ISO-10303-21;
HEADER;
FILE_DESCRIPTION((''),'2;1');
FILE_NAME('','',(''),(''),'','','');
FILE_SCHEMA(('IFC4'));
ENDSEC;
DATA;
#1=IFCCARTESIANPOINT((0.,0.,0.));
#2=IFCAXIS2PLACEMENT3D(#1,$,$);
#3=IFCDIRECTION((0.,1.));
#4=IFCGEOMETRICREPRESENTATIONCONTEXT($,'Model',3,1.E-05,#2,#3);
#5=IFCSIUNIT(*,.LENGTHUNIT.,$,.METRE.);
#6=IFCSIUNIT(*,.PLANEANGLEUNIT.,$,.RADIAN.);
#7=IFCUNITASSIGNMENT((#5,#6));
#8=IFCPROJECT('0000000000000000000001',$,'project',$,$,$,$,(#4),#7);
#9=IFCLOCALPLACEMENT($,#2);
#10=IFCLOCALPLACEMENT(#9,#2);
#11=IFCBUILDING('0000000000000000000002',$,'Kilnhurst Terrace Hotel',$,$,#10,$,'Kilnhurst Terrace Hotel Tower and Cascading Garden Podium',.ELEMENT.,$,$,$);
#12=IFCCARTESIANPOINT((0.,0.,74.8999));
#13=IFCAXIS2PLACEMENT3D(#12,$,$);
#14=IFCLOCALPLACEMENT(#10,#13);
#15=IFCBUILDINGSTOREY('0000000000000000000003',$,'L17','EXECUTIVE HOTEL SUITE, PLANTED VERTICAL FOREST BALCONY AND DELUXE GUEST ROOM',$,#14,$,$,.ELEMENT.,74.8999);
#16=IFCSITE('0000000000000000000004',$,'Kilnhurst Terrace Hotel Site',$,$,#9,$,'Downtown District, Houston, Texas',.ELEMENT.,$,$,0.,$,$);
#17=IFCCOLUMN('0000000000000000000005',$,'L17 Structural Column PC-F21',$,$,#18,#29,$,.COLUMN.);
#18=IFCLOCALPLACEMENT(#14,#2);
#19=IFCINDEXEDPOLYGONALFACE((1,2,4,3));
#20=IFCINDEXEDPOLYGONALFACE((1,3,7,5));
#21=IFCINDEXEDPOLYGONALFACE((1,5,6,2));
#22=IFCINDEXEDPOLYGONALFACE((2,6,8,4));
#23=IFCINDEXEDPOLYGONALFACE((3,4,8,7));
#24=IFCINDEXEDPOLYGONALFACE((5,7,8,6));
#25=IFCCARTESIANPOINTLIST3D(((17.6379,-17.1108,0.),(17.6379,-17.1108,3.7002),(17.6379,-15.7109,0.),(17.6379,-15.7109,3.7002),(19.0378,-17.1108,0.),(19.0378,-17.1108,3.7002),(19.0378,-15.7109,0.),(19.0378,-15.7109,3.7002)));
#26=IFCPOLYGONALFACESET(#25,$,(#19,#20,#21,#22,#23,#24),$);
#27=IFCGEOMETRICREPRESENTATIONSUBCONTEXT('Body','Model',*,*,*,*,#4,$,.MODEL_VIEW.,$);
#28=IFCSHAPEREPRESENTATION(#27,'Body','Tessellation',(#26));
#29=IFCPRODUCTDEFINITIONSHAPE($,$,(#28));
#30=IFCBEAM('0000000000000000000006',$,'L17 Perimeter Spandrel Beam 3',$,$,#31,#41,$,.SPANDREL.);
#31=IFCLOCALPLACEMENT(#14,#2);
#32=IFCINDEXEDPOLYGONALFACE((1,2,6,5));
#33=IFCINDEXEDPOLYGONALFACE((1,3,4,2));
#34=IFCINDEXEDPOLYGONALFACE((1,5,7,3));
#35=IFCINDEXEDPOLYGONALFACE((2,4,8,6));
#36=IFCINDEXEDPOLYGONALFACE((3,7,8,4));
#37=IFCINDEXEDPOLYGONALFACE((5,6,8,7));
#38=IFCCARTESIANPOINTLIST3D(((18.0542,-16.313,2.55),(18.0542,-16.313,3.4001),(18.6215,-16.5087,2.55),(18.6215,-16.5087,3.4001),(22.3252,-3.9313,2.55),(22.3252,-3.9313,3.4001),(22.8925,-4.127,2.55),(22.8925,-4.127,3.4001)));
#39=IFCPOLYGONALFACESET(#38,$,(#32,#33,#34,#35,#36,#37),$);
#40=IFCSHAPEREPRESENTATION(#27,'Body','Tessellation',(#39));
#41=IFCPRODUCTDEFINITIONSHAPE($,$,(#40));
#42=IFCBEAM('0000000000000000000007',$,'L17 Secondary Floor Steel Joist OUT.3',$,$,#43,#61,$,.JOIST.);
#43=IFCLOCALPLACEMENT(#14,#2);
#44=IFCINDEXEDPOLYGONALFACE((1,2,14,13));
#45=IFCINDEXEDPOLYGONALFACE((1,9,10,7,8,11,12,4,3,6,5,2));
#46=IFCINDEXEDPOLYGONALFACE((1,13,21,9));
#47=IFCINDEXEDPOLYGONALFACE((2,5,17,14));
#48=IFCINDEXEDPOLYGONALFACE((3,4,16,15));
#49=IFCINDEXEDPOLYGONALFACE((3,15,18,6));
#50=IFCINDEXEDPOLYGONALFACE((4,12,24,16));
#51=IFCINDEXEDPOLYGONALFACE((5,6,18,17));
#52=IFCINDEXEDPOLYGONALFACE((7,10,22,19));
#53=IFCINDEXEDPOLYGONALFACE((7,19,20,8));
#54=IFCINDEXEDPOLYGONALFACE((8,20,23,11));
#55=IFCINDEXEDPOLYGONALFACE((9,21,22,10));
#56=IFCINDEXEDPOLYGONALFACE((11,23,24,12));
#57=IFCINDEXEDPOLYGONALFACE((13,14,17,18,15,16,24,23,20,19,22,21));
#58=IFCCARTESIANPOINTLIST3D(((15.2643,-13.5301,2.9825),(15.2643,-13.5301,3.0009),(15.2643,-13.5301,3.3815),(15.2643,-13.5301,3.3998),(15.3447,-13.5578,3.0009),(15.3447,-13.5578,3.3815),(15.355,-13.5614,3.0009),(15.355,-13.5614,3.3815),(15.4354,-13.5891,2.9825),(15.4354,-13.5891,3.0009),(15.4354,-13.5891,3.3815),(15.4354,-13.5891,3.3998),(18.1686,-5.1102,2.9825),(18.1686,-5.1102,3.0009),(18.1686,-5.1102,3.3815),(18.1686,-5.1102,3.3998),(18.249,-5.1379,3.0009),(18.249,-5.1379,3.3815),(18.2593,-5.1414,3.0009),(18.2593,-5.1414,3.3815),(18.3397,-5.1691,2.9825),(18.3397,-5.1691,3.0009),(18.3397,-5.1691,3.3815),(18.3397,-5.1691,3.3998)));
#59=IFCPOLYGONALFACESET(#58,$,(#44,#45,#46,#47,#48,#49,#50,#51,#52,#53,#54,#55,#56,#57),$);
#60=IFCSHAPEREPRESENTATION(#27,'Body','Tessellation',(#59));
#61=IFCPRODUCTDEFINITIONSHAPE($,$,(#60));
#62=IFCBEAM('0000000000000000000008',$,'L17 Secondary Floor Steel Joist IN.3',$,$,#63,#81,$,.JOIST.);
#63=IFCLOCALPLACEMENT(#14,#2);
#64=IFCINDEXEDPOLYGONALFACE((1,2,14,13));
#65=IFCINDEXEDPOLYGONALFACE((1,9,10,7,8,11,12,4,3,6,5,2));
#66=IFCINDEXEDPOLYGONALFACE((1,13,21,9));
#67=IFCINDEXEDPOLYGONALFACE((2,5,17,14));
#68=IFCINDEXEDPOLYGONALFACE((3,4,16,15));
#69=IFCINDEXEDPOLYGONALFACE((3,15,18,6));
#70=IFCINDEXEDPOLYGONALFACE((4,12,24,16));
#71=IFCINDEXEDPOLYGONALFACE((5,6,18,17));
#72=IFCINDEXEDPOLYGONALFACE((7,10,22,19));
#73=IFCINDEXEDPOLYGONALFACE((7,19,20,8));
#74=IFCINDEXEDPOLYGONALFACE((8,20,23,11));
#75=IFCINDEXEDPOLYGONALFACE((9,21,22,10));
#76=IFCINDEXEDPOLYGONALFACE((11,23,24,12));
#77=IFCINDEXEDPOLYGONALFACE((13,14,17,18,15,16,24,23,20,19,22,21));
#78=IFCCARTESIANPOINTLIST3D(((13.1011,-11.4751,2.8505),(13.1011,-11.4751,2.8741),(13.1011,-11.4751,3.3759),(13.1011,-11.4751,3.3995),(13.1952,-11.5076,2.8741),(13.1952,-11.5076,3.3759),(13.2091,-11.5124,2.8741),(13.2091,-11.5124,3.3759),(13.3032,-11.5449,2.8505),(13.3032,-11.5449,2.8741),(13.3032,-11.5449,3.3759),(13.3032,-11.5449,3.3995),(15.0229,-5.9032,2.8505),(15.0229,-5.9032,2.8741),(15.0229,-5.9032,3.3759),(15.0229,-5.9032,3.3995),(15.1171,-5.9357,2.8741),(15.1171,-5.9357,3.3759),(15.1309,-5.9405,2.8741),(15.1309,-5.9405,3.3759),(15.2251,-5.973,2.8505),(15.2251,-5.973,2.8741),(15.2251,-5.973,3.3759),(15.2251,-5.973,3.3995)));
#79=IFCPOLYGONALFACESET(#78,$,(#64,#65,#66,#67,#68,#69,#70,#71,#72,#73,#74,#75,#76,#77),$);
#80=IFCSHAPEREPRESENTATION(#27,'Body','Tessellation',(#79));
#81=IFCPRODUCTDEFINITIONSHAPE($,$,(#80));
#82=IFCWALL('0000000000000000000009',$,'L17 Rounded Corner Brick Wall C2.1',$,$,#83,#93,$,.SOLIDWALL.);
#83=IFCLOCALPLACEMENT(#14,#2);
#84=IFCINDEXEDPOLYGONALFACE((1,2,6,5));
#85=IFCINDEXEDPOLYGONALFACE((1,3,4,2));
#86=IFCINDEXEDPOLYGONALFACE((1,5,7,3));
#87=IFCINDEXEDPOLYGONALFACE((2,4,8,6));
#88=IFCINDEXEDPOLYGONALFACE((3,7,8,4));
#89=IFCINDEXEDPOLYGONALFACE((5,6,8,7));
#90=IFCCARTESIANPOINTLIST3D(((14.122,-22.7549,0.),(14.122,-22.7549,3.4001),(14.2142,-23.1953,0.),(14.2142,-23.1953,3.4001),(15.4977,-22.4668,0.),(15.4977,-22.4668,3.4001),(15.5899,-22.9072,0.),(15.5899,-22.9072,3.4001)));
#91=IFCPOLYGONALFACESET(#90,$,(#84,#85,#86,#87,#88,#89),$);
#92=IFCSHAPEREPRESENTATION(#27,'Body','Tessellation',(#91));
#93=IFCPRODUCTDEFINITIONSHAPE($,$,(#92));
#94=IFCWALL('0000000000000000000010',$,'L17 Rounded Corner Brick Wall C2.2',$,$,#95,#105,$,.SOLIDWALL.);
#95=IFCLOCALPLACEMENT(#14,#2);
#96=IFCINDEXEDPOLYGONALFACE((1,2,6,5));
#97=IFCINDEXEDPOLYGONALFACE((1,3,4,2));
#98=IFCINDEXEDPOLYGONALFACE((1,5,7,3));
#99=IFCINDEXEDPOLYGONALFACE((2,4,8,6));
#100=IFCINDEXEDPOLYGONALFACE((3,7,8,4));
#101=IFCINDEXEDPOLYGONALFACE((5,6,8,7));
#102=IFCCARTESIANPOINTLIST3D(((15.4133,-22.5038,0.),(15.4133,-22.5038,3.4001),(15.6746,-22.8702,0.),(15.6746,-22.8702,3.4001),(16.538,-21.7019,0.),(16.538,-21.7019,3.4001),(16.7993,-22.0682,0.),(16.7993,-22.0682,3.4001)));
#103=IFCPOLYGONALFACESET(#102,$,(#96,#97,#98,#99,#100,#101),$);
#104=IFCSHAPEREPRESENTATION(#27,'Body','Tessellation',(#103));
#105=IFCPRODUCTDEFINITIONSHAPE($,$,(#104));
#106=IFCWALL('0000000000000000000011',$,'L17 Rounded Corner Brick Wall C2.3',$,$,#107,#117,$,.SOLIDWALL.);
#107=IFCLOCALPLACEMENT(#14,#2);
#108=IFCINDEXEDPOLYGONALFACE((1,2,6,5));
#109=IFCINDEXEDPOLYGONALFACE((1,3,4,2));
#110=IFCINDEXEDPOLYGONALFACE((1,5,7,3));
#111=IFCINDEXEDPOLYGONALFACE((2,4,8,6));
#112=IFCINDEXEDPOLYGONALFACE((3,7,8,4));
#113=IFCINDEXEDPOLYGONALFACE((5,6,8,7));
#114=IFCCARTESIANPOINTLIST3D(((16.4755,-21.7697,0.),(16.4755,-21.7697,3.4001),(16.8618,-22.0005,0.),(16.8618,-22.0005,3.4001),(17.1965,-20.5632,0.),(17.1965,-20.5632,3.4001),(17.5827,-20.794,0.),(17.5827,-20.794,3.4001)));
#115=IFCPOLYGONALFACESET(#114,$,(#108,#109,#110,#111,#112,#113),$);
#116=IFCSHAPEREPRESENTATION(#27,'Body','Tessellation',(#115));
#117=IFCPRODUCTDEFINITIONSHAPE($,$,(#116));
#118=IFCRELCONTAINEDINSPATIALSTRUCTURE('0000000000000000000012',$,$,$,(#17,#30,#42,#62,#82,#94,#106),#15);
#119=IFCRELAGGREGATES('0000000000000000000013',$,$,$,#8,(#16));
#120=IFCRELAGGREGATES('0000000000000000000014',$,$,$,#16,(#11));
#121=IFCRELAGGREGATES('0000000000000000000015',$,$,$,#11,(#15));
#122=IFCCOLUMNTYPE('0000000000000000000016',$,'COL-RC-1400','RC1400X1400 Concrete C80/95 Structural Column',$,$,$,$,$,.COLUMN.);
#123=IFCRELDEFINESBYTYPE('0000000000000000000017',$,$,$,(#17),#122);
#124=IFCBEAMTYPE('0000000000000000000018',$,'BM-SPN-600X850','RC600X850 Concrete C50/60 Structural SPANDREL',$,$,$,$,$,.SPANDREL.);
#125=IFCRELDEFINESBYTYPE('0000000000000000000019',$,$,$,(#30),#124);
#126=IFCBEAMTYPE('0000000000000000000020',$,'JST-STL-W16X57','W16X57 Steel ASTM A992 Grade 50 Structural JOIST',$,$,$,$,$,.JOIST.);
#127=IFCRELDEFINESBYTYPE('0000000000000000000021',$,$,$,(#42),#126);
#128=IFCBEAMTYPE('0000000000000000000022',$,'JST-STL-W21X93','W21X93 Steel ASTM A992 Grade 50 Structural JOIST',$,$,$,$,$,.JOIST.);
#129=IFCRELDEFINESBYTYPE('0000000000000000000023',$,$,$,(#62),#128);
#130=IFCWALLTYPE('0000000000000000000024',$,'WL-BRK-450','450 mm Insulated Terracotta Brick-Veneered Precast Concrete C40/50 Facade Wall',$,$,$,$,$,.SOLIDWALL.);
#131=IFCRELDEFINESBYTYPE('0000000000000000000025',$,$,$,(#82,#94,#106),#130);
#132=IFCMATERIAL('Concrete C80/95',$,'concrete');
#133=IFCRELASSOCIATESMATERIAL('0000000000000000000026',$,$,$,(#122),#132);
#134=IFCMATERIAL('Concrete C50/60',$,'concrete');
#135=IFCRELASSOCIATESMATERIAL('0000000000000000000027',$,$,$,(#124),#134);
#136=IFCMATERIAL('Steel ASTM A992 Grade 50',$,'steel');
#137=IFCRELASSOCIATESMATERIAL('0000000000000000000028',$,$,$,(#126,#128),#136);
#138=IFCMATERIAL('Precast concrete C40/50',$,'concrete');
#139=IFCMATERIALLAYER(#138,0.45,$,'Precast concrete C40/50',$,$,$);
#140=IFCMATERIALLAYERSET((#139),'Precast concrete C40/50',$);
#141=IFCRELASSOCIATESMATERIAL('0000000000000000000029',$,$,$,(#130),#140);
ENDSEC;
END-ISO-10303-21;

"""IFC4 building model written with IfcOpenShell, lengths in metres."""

from ifc_helpers import new_model, si_unit, direction, frame, frame_2d, origin, origin_2d, place, context, subcontext, project, spatial, rectangle, i_section, extrude, material, layer, layer_set, material_profile, profile_set, type_object, element, save


model = new_model("IFC4")

# Units and contexts
model_context = context("Model", 3, precision=1e-05, world=origin(), true_north=direction((0.0, 1.0)))
body_context = subcontext(model_context, "Body", "Model", "MODEL_VIEW")
ifc_project = project(units=[si_unit("LENGTHUNIT", "METRE"), si_unit("PLANEANGLEUNIT", "RADIAN")], contexts=[model_context])

# Site, building, storey
site_placement = place(None, origin())
site = spatial("IfcSite", under=ifc_project, at=site_placement, Name="Kilnhurst Terrace Hotel Site", LongName="Downtown District, Houston, Texas", CompositionType="ELEMENT", RefElevation=0.0)
building_placement = place(site_placement, origin())
building = spatial("IfcBuilding", under=site, at=building_placement, Name="Kilnhurst Terrace Hotel", LongName="Kilnhurst Terrace Hotel Tower and Cascading Garden Podium", CompositionType="ELEMENT")
storey_placement = place(building_placement, frame((0.0, 0.0, 74.8999)))
storey = spatial("IfcBuildingStorey", under=building, at=storey_placement, Name="L17", Description="EXECUTIVE HOTEL SUITE, PLANTED VERTICAL FOREST BALCONY AND DELUXE GUEST ROOM", CompositionType="ELEMENT", Elevation=74.8999)

# Column
ifc_material_1 = material(Name="Concrete C80/95", Category="concrete")
ifc_material_profile_1 = material_profile(ifc_material_1, rectangle(XDim=1.3999, YDim=1.3999, at=origin_2d()), Name="RC1400X1400")
ifc_profile_set_1 = profile_set([ifc_material_profile_1], Name="Concrete C80/95")
column_type = type_object("IfcColumnType", Name="COL-RC-1400", Description="RC1400X1400 Concrete C80/95 Structural Column", PredefinedType="COLUMN", material=ifc_profile_set_1)
column_placement = place(storey_placement, frame((18.3379, -16.4109, 0.0), z_axis=(0.0, 0.0, 1.0), x_axis=(1.0, 0.0, 0.0)))
element("IfcColumn", 1, at=column_placement, inside=storey, type_object=column_type, Name="L17 Structural Column PC-F21", PredefinedType="COLUMN", context=body_context, shape_type="SweptSolid", body=[
    extrude(rectangle(XDim=1.3999, YDim=1.3999, at=origin_2d()), origin(), (0.0, 0.0, 1.0), 3.7002),
])

# Beams
ifc_material_2 = material(Name="Concrete C50/60", Category="concrete")
ifc_material_profile_2 = material_profile(ifc_material_2, rectangle(XDim=0.6001, YDim=0.8501, at=origin_2d()), Name="RC600X850")
ifc_profile_set_2 = profile_set([ifc_material_profile_2], Name="Concrete C50/60")
beam_type_1 = type_object("IfcBeamType", Name="BM-SPN-600X850", Description="RC600X850 Concrete C50/60 Structural SPANDREL", PredefinedType="SPANDREL", material=ifc_profile_set_2)
beam_1_placement = place(storey_placement, frame((18.3379, -16.4109, 2.9751), z_axis=(0.326086, 0.94534, 0.0), x_axis=(-0.94534, 0.326086, 0.0)))
element("IfcBeam", 2, at=beam_1_placement, inside=storey, type_object=beam_type_1, Name="L17 Perimeter Spandrel Beam 3", PredefinedType="SPANDREL", context=body_context, shape_type="SweptSolid", body=[
    extrude(rectangle(XDim=0.6001, YDim=0.8501, at=origin_2d()), origin(), (0.0, 0.0, 1.0), 13.0977),
])
ifc_material_3 = material(Name="Steel ASTM A992 Grade 50", Category="steel")
ifc_material_profile_3 = material_profile(ifc_material_3, i_section(OverallWidth=0.1809, OverallDepth=0.4172, WebThickness=0.011, FlangeThickness=0.0183, at=origin_2d()), Name="W16X57")
ifc_profile_set_3 = profile_set([ifc_material_profile_3], Name="Steel ASTM A992 Grade 50")
beam_type_2 = type_object("IfcBeamType", Name="JST-STL-W16X57", Description="W16X57 Steel ASTM A992 Grade 50 Structural JOIST", PredefinedType="JOIST", material=ifc_profile_set_3)
beam_2_placement = place(storey_placement, frame((15.3499, -13.5596, 3.1912), z_axis=(0.326079, 0.945343, 0.0), x_axis=(-0.945343, 0.326079, 0.0)))
element("IfcBeam", 3, at=beam_2_placement, inside=storey, type_object=beam_type_2, Name="L17 Secondary Floor Steel Joist OUT.3", PredefinedType="JOIST", context=body_context, shape_type="SweptSolid", body=[
    extrude(i_section(OverallWidth=0.1809, OverallDepth=0.4172, WebThickness=0.011, FlangeThickness=0.0183, at=origin_2d()), origin(), (0.0, 0.0, 1.0), 8.9067),
])
ifc_material_profile_4 = material_profile(ifc_material_3, i_section(OverallWidth=0.2139, OverallDepth=0.5491, WebThickness=0.0146, FlangeThickness=0.0237, at=origin_2d()), Name="W21X93")
ifc_profile_set_4 = profile_set([ifc_material_profile_4], Name="Steel ASTM A992 Grade 50")
beam_type_3 = type_object("IfcBeamType", Name="JST-STL-W21X93", Description="W21X93 Steel ASTM A992 Grade 50 Structural JOIST", PredefinedType="JOIST", material=ifc_profile_set_4)
beam_3_placement = place(storey_placement, frame((13.2021, -11.51, 3.125), z_axis=(0.326065, 0.945347, 0.0), x_axis=(-0.945347, 0.326065, 0.0)))
element("IfcBeam", 4, at=beam_3_placement, inside=storey, type_object=beam_type_3, Name="L17 Secondary Floor Steel Joist IN.3", PredefinedType="JOIST", context=body_context, shape_type="SweptSolid", body=[
    extrude(i_section(OverallWidth=0.2139, OverallDepth=0.5491, WebThickness=0.0146, FlangeThickness=0.0237, at=origin_2d()), origin(), (0.0, 0.0, 1.0), 5.894),
])

# Walls
ifc_material_4 = material(Name="Precast concrete C40/50", Category="concrete")
ifc_layer_1 = layer(ifc_material_4, 0.45, Name="Precast concrete C40/50")
ifc_layer_set_1 = layer_set([ifc_layer_1], Name="Precast concrete C40/50")
wall_type_1 = type_object("IfcWallType", Name="WL-BRK-450", Description="450 mm Insulated Terracotta Brick-Veneered Precast Concrete C40/50 Facade Wall", PredefinedType="SOLIDWALL", material=ifc_layer_set_1)
wall_1_placement = place(storey_placement, frame((14.1682, -22.9751, 0.0), z_axis=(0.0, 0.0, 1.0), x_axis=(0.97877, 0.20496, 0.0)))
element("IfcWall", 5, at=wall_1_placement, inside=storey, type_object=wall_type_1, Name="L17 Rounded Corner Brick Wall C2.1", PredefinedType="SOLIDWALL", context=body_context, shape_type="SweptSolid", body=[
    extrude(rectangle(XDim=1.4055, YDim=0.45, at=frame_2d((0.7026, 0.0))), origin(), (0.0, 0.0, 1.0), 3.4001),
])
wall_2_placement = place(storey_placement, frame((15.5439, -22.687, 0.0), z_axis=(0.0, 0.0, 1.0), x_axis=(0.814211, 0.580569, 0.0)))
element("IfcWall", 6, at=wall_2_placement, inside=storey, type_object=wall_type_1, Name="L17 Rounded Corner Brick Wall C2.2", PredefinedType="SOLIDWALL", context=body_context, shape_type="SweptSolid", body=[
    extrude(rectangle(XDim=1.3813, YDim=0.45, at=frame_2d((0.6907, 0.0))), origin(), (0.0, 0.0, 1.0), 3.4001),
])
wall_3_placement = place(storey_placement, frame((16.6687, -21.885, 0.0), z_axis=(0.0, 0.0, 1.0), x_axis=(0.512937, 0.858426, 0.0)))
element("IfcWall", 7, at=wall_3_placement, inside=storey, type_object=wall_type_1, Name="L17 Rounded Corner Brick Wall C2.3", PredefinedType="SOLIDWALL", context=body_context, shape_type="SweptSolid", body=[
    extrude(rectangle(XDim=1.4055, YDim=0.45, at=frame_2d((0.7026, 0.0))), origin(), (0.0, 0.0, 1.0), 3.4001),
])

save(model, "model.ifc")
